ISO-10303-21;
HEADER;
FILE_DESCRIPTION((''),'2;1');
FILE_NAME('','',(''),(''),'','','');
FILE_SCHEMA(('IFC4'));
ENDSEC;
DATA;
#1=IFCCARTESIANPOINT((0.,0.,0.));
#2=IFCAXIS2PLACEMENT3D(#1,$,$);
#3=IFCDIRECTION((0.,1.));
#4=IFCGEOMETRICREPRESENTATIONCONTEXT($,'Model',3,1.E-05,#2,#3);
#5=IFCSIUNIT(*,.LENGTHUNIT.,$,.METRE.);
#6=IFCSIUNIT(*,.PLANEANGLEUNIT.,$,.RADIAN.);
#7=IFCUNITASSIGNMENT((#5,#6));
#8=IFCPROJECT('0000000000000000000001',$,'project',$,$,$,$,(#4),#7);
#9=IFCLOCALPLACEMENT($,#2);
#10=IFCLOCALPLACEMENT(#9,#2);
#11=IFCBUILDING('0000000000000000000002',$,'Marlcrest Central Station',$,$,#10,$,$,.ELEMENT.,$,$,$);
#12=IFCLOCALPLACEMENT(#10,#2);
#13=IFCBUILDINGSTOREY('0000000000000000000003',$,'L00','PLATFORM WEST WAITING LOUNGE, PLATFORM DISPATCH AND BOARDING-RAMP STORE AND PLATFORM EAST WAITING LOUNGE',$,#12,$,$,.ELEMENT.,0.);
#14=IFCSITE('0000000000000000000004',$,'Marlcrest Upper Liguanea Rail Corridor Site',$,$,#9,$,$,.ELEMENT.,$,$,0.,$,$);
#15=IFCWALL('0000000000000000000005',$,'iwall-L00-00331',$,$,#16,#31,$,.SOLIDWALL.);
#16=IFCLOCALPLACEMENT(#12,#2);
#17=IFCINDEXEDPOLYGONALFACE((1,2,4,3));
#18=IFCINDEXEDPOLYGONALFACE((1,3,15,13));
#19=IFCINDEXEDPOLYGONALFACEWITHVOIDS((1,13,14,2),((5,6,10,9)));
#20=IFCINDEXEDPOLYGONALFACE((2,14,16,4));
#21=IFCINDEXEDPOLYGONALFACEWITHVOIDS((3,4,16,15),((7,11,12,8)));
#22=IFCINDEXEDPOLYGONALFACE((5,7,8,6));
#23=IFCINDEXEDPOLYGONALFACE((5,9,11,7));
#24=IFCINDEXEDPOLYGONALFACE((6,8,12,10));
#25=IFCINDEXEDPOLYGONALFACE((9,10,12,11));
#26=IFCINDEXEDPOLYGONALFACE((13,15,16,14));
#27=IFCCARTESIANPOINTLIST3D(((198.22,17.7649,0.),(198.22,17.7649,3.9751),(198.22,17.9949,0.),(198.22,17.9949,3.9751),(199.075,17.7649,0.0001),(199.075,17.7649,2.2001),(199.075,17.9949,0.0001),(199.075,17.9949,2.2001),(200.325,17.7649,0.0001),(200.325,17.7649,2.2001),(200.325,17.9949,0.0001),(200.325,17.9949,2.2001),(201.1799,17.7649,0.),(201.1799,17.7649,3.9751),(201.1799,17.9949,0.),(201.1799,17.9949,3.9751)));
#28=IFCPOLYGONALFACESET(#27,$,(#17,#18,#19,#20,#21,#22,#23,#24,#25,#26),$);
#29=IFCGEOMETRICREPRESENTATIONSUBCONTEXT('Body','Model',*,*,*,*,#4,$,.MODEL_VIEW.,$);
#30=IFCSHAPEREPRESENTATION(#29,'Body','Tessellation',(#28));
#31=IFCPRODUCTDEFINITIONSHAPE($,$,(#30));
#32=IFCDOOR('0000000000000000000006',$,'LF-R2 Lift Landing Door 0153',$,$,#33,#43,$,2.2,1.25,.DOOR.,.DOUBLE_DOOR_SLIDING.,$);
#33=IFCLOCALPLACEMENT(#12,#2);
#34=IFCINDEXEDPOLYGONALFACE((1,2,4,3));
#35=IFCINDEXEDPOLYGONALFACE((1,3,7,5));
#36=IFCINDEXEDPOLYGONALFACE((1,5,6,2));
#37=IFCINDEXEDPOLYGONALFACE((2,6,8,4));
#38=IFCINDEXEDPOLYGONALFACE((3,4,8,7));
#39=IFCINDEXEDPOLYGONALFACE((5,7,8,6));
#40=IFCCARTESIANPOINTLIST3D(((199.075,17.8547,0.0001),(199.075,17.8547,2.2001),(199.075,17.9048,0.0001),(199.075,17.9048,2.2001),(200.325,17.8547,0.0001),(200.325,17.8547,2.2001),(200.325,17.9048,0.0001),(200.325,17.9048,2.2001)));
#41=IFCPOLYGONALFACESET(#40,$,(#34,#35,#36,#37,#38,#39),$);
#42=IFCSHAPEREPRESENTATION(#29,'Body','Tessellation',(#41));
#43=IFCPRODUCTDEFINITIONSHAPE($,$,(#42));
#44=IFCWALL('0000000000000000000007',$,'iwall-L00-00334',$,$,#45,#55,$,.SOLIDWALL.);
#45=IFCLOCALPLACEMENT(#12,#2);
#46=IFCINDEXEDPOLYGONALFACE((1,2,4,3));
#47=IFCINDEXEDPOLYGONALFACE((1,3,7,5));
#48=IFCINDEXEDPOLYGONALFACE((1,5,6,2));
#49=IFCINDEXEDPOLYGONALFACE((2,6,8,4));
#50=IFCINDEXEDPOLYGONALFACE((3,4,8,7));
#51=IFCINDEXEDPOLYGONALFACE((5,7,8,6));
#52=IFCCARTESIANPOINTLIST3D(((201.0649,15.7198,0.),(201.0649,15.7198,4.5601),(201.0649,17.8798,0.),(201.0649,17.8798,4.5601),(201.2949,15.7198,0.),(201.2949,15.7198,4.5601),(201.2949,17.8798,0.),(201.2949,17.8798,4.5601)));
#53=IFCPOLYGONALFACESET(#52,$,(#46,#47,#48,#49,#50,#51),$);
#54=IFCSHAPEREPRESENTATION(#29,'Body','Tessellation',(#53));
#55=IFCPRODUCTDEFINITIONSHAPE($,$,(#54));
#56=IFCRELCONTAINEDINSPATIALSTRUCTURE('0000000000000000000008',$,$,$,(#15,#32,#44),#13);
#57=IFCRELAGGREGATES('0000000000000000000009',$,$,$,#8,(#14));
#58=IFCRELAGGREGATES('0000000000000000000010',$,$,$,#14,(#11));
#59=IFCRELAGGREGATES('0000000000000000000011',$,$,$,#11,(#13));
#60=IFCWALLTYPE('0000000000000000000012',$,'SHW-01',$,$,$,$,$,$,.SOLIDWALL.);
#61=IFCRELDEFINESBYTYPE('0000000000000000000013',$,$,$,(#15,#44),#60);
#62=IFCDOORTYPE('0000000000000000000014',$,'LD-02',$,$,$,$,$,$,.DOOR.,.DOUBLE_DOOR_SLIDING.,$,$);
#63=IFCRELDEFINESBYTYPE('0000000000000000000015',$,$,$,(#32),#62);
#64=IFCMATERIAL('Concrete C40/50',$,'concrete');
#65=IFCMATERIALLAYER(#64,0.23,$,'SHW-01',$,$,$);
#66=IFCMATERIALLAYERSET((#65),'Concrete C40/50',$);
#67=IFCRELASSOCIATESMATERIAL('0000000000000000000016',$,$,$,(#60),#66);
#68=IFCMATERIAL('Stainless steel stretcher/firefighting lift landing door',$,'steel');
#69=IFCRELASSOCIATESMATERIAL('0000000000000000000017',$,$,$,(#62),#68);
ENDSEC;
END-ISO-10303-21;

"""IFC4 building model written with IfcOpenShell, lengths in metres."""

from ifc_helpers import new_model, si_unit, direction, frame, frame_2d, origin, place, context, subcontext, project, spatial, rectangle, extrude, material, layer, layer_set, type_object, element, fill, save


model = new_model("IFC4")

# Units and contexts
model_context = context("Model", 3, precision=1e-05, world=origin(), true_north=direction((0.0, 1.0)))
body_context = subcontext(model_context, "Body", "Model", "MODEL_VIEW")
ifc_project = project(units=[si_unit("LENGTHUNIT", "METRE"), si_unit("PLANEANGLEUNIT", "RADIAN")], contexts=[model_context])

# Site, building, storey
site_placement = place(None, origin())
site = spatial("IfcSite", under=ifc_project, at=site_placement, Name="Marlcrest Upper Liguanea Rail Corridor Site", CompositionType="ELEMENT", RefElevation=0.0)
building_placement = place(site_placement, origin())
building = spatial("IfcBuilding", under=site, at=building_placement, Name="Marlcrest Central Station", CompositionType="ELEMENT")
storey_placement = place(building_placement, origin())
storey = spatial("IfcBuildingStorey", under=building, at=storey_placement, Name="L00", Description="PLATFORM WEST WAITING LOUNGE, PLATFORM DISPATCH AND BOARDING-RAMP STORE AND PLATFORM EAST WAITING LOUNGE", CompositionType="ELEMENT", Elevation=0.0)

# Shared definitions
ifc_material_1 = material(Name="Concrete C40/50", Category="concrete")

# Wall, opening, door
ifc_layer_1 = layer(ifc_material_1, 0.23, Name="SHW-01")
ifc_layer_set_1 = layer_set([ifc_layer_1], Name="Concrete C40/50")
wall_type_1 = type_object("IfcWallType", Name="SHW-01", PredefinedType="SOLIDWALL", material=ifc_layer_set_1)
wall_1_placement = place(storey_placement, frame((198.22, 17.8799, 0.0), z_axis=(0.0, 0.0, 1.0), x_axis=(1.0, 0.0, 0.0)))
wall_1 = element("IfcWall", 1, at=wall_1_placement, inside=storey, type_object=wall_type_1, Name="iwall-L00-00331", PredefinedType="SOLIDWALL", context=body_context, shape_type="SweptSolid", body=[
    extrude(rectangle(XDim=2.96, YDim=0.23, at=frame_2d((1.48, 0.0))), origin(), (0.0, 0.0, 1.0), 3.9751),
])
opening_1_placement = place(wall_1_placement, frame((0.855, 0.0, 0.0)))
opening_1 = element("IfcOpeningElement", 2, at=opening_1_placement, cuts=wall_1, PredefinedType="OPENING", context=body_context, shape_type="SweptSolid", body=[
    extrude(rectangle(XDim=1.25, YDim=2.2, at=frame_2d((0.625, 1.1001))), frame((0.0, 0.125, 0.0), z_axis=(0.0, -1.0, 0.0), x_axis=(1.0, 0.0, 0.0)), (0.0, 0.0, 1.0), 0.25),
])
ifc_material_2 = material(Name="Stainless steel stretcher/firefighting lift landing door", Category="steel")
door_type_1 = type_object("IfcDoorType", Name="LD-02", OperationType="DOUBLE_DOOR_SLIDING", PredefinedType="DOOR", material=ifc_material_2)
door_1_placement = place(opening_1_placement, origin())
door_1 = element("IfcDoor", 3, at=door_1_placement, inside=storey, type_object=door_type_1, Name="LF-R2 Lift Landing Door 0153", OperationType="DOUBLE_DOOR_SLIDING", OverallHeight=2.2, OverallWidth=1.25, PredefinedType="DOOR", context=body_context, shape_type="SweptSolid", body=[
    extrude(rectangle(XDim=1.25, YDim=2.2, at=frame_2d((0.625, 1.1001))), frame((0.0, 0.0249, 0.0), z_axis=(0.0, -1.0, 0.0), x_axis=(1.0, 0.0, 0.0)), (0.0, 0.0, 1.0), 0.05),
])
fill(opening_1, door_1)

# Wall
wall_2_placement = place(storey_placement, frame((201.1799, 17.8799, 0.0), z_axis=(0.0, 0.0, 1.0), x_axis=(0.0, -1.0, 0.0)))
element("IfcWall", 4, at=wall_2_placement, inside=storey, type_object=wall_type_1, Name="iwall-L00-00334", PredefinedType="SOLIDWALL", context=body_context, shape_type="SweptSolid", body=[
    extrude(rectangle(XDim=2.1599, YDim=0.23, at=frame_2d((1.0801, 0.0))), origin(), (0.0, 0.0, 1.0), 4.5601),
])

save(model, "model.ifc")
